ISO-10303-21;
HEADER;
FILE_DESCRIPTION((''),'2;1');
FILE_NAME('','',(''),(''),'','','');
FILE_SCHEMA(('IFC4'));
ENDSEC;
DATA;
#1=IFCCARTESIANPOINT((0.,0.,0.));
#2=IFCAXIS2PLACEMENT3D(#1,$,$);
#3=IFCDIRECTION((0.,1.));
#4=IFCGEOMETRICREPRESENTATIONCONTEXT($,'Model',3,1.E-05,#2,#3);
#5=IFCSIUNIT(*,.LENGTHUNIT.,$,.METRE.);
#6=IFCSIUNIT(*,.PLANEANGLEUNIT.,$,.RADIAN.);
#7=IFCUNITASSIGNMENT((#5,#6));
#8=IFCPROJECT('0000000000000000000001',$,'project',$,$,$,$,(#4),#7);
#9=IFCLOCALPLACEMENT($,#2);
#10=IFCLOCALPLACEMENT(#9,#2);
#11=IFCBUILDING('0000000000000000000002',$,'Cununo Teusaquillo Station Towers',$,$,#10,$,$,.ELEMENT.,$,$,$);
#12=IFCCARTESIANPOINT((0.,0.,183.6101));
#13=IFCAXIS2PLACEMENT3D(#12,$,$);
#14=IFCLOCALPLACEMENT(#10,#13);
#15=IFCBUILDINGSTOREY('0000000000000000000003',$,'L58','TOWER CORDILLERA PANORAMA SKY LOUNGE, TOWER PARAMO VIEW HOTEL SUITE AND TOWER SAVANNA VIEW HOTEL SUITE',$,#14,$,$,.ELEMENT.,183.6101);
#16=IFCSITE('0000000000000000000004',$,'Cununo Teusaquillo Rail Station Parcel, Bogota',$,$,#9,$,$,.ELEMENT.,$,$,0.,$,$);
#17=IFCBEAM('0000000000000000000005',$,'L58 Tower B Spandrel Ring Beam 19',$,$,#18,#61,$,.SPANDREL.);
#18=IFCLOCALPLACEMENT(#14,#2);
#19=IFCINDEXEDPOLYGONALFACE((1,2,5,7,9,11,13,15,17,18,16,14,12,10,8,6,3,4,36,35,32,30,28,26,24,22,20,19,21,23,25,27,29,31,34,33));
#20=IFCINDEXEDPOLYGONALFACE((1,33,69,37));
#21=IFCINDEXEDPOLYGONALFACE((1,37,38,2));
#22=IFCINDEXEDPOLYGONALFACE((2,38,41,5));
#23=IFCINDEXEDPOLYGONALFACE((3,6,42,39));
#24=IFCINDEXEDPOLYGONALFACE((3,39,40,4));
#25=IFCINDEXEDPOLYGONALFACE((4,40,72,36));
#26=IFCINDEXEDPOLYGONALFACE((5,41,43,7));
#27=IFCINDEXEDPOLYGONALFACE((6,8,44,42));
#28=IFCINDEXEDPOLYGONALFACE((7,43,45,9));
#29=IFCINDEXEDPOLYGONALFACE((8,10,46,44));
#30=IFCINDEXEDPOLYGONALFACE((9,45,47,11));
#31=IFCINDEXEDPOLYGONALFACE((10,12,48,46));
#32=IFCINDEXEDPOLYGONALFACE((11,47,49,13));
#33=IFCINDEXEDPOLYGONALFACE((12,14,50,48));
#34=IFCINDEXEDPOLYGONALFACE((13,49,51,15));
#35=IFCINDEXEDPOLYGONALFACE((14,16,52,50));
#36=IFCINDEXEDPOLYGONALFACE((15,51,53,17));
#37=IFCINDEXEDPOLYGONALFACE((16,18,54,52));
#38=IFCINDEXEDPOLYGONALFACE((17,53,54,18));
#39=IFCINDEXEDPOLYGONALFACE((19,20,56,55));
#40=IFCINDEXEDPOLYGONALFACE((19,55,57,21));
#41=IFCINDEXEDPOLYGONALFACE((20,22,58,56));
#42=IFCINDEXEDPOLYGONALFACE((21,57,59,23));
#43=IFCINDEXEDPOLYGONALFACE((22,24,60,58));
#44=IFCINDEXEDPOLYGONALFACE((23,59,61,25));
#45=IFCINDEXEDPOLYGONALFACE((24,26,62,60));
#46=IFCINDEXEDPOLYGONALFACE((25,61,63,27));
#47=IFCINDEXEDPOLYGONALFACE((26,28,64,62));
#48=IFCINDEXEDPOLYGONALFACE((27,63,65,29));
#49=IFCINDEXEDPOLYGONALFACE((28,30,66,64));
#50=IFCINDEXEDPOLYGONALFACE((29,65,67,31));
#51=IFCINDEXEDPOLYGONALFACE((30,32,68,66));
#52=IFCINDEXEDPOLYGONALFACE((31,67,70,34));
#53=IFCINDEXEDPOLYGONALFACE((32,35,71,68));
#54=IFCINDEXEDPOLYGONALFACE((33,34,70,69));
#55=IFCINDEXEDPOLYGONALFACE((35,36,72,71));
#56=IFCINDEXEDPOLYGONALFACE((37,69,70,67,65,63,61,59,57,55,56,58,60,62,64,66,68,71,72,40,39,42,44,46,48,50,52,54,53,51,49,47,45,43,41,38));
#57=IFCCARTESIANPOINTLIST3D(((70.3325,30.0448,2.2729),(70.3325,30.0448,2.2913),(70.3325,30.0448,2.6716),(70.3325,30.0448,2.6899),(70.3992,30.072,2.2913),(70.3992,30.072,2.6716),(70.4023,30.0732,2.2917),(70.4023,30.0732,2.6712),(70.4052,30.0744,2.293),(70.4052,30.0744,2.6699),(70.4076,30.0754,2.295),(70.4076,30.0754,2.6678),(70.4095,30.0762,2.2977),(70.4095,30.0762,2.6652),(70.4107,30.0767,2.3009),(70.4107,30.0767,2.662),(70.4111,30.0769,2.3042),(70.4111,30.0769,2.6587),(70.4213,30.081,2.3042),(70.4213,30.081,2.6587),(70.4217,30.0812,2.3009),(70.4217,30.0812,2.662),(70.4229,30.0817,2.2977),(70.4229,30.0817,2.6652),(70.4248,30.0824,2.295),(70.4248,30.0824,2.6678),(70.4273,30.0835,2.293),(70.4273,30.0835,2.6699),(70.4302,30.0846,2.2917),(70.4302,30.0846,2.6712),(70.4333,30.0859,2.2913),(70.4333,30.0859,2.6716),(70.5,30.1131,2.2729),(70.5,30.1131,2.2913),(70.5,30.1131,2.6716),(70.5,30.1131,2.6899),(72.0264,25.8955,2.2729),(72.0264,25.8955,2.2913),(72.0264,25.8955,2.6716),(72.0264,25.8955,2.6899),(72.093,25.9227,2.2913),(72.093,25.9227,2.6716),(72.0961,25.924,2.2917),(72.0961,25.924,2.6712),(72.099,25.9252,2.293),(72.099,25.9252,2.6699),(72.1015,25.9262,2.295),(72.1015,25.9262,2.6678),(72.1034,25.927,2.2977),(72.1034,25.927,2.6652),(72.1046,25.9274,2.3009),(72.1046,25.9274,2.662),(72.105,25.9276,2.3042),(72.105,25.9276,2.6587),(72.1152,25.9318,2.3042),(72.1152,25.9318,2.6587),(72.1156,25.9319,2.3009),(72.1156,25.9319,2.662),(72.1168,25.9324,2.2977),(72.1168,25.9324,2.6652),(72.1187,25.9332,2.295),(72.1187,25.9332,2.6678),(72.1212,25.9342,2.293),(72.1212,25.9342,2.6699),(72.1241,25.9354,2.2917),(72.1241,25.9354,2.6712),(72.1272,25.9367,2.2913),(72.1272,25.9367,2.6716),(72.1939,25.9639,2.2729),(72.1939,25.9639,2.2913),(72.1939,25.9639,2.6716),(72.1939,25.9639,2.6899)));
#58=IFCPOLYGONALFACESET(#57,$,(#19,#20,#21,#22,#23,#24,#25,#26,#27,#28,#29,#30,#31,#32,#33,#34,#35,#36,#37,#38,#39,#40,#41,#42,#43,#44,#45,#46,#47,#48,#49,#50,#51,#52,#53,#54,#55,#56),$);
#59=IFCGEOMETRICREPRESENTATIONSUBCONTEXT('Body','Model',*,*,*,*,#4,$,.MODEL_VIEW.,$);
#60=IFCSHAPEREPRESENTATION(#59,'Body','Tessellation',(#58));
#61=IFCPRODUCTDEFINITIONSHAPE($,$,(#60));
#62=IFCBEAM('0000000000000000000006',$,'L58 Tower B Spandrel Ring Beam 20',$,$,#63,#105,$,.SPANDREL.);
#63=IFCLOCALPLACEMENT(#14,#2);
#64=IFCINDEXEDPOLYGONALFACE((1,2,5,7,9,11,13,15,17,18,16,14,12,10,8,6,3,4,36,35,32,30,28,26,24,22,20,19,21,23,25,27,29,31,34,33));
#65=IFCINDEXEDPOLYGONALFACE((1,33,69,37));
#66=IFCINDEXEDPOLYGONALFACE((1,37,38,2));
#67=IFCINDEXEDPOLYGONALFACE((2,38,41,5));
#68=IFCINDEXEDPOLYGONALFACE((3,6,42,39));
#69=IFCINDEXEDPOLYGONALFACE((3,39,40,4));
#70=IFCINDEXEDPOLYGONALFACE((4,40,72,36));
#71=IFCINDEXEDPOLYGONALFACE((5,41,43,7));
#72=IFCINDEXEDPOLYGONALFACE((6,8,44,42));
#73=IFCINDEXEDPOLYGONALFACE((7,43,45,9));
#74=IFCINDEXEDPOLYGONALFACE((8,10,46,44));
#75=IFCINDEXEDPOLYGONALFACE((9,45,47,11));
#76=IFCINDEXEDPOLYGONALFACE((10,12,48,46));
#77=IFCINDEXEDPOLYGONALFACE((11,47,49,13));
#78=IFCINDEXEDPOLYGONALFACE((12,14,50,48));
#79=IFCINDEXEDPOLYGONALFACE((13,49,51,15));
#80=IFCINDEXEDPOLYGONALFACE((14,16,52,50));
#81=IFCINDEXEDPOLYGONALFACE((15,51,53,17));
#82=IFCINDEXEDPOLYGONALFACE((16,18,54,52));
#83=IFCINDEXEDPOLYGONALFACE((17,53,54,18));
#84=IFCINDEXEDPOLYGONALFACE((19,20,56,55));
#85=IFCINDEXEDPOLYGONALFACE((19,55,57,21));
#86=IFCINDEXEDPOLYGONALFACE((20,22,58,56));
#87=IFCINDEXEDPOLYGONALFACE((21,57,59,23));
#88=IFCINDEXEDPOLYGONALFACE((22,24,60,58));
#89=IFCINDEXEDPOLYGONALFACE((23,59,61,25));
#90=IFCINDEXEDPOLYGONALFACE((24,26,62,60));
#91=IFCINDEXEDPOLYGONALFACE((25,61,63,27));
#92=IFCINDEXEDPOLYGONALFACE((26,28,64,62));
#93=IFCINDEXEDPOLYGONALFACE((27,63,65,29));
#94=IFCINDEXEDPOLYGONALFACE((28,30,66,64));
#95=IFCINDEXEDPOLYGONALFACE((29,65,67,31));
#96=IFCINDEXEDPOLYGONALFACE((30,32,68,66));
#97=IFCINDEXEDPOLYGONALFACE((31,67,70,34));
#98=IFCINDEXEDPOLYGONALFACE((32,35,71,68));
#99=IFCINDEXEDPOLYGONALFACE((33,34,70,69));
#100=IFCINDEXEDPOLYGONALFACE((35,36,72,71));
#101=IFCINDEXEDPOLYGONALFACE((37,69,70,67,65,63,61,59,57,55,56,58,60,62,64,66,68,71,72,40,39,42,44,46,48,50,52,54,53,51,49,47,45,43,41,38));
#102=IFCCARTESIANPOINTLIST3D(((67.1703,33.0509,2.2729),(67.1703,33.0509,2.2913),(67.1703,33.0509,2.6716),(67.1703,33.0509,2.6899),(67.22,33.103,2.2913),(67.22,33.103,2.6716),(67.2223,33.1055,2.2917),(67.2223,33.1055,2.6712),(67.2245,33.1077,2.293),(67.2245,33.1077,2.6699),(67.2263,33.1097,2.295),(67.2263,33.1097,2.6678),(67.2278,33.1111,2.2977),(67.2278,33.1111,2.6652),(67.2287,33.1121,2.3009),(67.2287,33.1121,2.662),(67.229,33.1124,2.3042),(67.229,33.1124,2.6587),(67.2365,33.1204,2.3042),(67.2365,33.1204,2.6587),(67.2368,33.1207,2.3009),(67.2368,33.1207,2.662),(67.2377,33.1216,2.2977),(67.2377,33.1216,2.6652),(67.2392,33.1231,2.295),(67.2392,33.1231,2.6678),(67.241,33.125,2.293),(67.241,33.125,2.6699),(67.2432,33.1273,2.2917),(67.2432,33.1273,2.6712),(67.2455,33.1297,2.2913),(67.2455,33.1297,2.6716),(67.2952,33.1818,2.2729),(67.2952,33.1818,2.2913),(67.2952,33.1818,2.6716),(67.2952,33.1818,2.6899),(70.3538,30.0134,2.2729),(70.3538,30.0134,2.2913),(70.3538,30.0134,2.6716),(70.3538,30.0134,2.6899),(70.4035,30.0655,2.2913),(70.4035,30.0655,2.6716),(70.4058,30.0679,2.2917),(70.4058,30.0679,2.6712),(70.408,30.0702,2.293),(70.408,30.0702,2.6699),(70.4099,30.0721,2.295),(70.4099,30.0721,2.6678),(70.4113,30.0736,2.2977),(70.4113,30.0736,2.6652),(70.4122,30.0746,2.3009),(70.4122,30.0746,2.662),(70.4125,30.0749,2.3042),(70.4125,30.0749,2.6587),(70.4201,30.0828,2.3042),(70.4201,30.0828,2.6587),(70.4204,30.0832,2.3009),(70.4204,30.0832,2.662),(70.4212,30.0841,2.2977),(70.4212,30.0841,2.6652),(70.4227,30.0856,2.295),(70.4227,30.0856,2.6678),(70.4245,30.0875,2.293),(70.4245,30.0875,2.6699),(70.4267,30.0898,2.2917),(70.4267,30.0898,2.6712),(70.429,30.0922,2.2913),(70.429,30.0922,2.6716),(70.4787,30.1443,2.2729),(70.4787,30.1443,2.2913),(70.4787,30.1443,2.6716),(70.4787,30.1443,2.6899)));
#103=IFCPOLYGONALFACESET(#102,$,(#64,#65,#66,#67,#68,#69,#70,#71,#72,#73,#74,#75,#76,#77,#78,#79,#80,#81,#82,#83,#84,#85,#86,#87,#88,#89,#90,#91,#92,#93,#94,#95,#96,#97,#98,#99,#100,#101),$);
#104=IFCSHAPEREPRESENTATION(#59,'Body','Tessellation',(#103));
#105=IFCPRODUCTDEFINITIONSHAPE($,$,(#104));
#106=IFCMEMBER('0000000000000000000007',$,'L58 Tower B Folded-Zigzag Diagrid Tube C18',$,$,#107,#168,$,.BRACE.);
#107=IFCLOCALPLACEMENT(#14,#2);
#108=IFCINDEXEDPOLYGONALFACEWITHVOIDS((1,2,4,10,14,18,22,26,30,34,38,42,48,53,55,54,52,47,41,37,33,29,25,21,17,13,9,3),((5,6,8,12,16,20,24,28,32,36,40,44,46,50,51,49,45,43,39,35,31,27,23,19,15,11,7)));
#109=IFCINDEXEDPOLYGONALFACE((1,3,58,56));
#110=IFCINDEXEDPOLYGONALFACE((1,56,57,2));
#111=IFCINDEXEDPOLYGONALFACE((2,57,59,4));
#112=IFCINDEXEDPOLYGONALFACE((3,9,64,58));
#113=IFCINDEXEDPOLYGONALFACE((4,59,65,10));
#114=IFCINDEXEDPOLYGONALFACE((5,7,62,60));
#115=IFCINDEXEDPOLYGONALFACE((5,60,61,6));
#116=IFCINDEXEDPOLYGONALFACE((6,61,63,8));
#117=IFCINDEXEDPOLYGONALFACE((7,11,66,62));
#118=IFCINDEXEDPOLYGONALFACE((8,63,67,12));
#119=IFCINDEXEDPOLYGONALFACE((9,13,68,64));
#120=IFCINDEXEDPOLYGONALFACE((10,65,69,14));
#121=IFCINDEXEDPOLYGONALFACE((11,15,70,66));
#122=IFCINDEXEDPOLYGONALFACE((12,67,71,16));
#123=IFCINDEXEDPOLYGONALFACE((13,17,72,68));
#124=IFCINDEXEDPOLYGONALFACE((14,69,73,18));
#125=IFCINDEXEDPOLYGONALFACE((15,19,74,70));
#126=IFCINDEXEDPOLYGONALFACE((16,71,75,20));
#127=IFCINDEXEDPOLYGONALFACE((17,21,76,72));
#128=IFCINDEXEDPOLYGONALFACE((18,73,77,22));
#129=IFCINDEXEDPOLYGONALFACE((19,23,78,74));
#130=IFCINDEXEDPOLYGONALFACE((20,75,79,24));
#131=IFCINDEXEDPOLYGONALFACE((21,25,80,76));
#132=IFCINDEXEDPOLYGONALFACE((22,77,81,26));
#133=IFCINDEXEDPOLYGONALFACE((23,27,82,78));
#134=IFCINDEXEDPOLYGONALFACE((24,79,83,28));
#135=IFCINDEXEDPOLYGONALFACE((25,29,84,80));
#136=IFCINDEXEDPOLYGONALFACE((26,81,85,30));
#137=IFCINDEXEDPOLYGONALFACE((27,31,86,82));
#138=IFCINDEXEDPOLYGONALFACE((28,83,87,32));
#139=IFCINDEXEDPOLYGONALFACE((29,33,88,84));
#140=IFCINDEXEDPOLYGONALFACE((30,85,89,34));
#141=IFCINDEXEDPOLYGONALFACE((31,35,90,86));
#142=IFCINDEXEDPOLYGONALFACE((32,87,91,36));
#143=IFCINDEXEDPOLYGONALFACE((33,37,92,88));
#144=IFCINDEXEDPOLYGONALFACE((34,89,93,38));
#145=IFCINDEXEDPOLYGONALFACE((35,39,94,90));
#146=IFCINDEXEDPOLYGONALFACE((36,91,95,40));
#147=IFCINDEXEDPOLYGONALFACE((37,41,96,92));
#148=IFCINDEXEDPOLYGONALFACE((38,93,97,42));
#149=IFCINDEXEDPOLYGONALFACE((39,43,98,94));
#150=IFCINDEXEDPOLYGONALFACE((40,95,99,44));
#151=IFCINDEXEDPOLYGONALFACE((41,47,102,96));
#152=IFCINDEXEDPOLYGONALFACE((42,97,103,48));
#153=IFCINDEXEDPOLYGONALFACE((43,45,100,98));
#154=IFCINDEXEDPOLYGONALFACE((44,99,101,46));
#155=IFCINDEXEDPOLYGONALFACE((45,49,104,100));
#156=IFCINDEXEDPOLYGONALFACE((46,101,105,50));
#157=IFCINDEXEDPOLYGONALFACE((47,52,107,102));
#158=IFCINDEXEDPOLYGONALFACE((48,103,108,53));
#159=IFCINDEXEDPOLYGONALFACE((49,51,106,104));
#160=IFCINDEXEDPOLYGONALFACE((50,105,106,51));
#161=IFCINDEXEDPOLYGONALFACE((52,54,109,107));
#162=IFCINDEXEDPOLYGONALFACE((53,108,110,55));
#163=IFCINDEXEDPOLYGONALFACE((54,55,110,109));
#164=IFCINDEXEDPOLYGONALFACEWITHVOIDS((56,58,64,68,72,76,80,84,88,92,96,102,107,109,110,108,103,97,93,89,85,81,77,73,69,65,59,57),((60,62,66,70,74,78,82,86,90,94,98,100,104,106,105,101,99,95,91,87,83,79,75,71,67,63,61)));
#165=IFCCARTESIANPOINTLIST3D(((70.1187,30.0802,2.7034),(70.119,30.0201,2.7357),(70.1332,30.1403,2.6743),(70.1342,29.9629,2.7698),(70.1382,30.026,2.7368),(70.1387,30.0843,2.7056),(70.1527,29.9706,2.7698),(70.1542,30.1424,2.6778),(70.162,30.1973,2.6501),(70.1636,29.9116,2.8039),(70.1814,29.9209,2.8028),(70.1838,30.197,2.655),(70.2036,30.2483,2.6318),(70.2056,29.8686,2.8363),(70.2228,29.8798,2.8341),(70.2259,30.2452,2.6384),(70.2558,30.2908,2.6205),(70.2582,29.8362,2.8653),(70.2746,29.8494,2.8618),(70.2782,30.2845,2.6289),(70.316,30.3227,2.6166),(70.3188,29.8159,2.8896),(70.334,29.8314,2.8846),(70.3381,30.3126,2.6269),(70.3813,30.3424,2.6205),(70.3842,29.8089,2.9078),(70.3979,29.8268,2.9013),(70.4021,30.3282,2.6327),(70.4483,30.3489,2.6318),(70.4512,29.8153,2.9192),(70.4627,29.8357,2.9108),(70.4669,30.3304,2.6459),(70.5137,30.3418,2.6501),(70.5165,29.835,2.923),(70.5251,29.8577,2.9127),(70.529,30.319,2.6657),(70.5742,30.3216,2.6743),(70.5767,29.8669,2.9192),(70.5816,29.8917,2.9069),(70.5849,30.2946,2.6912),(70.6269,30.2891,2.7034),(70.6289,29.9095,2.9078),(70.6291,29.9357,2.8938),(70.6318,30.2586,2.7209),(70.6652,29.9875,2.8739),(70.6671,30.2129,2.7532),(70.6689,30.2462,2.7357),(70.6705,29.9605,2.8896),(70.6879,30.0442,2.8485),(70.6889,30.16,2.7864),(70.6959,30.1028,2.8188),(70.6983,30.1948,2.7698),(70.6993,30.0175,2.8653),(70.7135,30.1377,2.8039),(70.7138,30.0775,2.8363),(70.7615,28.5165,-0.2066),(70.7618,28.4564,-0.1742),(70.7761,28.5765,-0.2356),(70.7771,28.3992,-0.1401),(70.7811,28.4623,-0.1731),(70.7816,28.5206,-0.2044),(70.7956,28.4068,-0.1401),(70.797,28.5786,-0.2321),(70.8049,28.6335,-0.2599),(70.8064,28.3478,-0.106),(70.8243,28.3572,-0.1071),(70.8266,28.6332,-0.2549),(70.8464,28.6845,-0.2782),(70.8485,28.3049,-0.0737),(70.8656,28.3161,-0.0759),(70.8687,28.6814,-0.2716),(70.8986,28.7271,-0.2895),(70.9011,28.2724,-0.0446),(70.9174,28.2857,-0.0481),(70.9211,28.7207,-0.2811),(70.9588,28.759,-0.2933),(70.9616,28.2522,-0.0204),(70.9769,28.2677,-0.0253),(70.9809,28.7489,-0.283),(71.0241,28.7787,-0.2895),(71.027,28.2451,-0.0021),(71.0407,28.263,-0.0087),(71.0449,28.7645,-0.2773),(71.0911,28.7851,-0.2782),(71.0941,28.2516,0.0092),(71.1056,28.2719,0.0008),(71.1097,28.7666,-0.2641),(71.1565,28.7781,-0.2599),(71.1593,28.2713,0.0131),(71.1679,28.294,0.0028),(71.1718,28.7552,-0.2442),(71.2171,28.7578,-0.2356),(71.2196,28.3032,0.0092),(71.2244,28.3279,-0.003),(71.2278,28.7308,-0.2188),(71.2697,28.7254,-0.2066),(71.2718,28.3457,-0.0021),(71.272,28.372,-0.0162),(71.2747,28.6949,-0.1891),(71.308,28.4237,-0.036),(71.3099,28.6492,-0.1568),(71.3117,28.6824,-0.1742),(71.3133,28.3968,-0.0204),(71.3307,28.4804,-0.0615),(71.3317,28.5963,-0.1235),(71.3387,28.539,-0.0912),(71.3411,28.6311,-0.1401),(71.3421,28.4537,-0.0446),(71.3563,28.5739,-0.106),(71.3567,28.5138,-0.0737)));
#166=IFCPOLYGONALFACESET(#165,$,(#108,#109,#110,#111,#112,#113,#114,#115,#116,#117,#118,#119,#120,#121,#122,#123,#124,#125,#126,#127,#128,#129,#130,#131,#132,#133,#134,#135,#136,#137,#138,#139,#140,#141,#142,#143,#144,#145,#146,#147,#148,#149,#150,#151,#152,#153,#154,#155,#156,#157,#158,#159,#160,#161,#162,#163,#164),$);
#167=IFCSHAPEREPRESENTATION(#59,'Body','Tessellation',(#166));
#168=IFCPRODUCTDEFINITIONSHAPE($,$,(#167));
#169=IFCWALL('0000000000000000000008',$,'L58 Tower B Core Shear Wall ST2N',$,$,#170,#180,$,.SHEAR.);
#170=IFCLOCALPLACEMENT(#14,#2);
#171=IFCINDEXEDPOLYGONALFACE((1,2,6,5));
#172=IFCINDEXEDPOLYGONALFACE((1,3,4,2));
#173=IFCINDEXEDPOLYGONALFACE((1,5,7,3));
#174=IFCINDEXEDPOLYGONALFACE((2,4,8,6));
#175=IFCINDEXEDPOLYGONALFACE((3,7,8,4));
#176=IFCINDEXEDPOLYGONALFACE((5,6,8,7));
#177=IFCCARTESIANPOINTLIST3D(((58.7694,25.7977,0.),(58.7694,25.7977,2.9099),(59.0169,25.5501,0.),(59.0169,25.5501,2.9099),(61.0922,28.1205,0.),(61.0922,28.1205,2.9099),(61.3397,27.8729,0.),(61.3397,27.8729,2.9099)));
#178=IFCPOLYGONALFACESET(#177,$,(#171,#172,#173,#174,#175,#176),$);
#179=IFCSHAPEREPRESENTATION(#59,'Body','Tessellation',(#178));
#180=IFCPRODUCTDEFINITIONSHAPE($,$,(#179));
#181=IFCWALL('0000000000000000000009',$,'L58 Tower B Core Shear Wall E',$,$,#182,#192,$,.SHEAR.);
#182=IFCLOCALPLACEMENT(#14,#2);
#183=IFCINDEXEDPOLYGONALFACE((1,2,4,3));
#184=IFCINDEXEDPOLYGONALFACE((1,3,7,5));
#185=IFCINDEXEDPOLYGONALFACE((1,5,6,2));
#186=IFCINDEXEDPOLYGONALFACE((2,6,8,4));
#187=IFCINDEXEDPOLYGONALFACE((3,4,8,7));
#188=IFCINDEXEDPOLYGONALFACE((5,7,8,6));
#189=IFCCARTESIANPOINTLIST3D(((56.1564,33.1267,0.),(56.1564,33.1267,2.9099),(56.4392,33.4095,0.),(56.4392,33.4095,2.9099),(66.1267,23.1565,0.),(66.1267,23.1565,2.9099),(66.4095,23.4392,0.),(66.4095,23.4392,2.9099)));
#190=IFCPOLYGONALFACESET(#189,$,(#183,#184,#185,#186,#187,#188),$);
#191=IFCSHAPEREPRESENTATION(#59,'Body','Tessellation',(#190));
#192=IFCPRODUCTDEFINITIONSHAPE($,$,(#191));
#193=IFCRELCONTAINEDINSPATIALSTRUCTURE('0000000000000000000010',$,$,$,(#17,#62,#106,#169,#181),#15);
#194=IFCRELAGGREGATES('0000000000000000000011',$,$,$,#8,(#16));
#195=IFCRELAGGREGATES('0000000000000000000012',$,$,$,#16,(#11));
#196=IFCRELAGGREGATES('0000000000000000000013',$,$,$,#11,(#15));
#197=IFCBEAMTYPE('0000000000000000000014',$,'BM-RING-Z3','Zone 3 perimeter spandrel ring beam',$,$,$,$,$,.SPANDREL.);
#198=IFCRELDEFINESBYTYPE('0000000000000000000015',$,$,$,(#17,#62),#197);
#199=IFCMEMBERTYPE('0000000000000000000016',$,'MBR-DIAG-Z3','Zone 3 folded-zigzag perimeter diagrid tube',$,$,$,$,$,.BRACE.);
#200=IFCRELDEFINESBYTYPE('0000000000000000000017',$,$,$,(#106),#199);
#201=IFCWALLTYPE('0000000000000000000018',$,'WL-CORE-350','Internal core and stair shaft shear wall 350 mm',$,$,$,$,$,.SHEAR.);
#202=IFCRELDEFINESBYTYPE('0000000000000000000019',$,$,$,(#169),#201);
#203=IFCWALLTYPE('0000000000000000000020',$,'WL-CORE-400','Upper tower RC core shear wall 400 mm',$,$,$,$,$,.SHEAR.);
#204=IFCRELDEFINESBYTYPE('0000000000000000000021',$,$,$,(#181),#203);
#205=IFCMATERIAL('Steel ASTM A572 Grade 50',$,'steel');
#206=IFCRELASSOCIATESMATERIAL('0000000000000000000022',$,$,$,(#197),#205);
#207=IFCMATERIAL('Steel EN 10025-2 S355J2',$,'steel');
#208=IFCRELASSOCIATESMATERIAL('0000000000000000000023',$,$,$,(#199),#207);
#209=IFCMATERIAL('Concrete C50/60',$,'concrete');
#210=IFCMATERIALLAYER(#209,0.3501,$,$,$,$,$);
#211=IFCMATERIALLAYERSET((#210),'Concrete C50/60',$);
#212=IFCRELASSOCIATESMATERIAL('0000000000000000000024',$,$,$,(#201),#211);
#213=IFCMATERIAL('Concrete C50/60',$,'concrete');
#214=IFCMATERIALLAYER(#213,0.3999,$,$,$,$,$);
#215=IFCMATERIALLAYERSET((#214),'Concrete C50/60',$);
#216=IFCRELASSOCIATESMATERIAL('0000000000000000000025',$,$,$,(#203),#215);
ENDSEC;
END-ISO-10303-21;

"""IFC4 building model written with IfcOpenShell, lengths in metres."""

from ifc_helpers import new_model, si_unit, direction, frame, frame_2d, origin, origin_2d, place, context, subcontext, project, spatial, rectangle, hollow_circle, i_section, extrude, material, layer, layer_set, material_profile, profile_set, type_object, element, save


model = new_model("IFC4")

# Units and contexts
model_context = context("Model", 3, precision=1e-05, world=origin(), true_north=direction((0.0, 1.0)))
body_context = subcontext(model_context, "Body", "Model", "MODEL_VIEW")
ifc_project = project(units=[si_unit("LENGTHUNIT", "METRE"), si_unit("PLANEANGLEUNIT", "RADIAN")], contexts=[model_context])

# Site, building, storey
site_placement = place(None, origin())
site = spatial("IfcSite", under=ifc_project, at=site_placement, Name="Cununo Teusaquillo Rail Station Parcel, Bogota", CompositionType="ELEMENT", RefElevation=0.0)
building_placement = place(site_placement, origin())
building = spatial("IfcBuilding", under=site, at=building_placement, Name="Cununo Teusaquillo Station Towers", CompositionType="ELEMENT")
storey_placement = place(building_placement, frame((0.0, 0.0, 183.6101)))
storey = spatial("IfcBuildingStorey", under=building, at=storey_placement, Name="L58", Description="TOWER CORDILLERA PANORAMA SKY LOUNGE, TOWER PARAMO VIEW HOTEL SUITE AND TOWER SAVANNA VIEW HOTEL SUITE", CompositionType="ELEMENT", Elevation=183.6101)

# Beams
ifc_material_1 = material(Name="Steel ASTM A572 Grade 50", Category="steel")
ifc_material_profile_1 = material_profile(ifc_material_1, i_section(OverallWidth=0.1809, OverallDepth=0.417, WebThickness=0.011, FlangeThickness=0.0183, FilletRadius=0.0129, at=origin_2d()), Name="W16X57")
ifc_profile_set_1 = profile_set([ifc_material_profile_1], Name="Steel ASTM A572 Grade 50")
beam_type_1 = type_object("IfcBeamType", Name="BM-RING-Z3", Description="Zone 3 perimeter spandrel ring beam", PredefinedType="SPANDREL", material=ifc_profile_set_1)
beam_1_placement = place(storey_placement, frame((72.1101, 25.9297, 2.4814), z_axis=(-0.377956, 0.925824, 0.0), x_axis=(-0.925824, -0.377956, 0.0)))
element("IfcBeam", 1, at=beam_1_placement, inside=storey, type_object=beam_type_1, Name="L58 Tower B Spandrel Ring Beam 19", PredefinedType="SPANDREL", context=body_context, shape_type="SweptSolid", body=[
    extrude(i_section(OverallWidth=0.1809, OverallDepth=0.417, WebThickness=0.011, FlangeThickness=0.0183, FilletRadius=0.0129, at=origin_2d()), origin(), (0.0, 0.0, 1.0), 4.4817),
])
beam_2_placement = place(storey_placement, frame((70.4163, 30.0789, 2.4814), z_axis=(-0.723502, 0.690323, 0.0), x_axis=(-0.690323, -0.723502, 0.0)))
element("IfcBeam", 2, at=beam_2_placement, inside=storey, type_object=beam_type_1, Name="L58 Tower B Spandrel Ring Beam 20", PredefinedType="SPANDREL", context=body_context, shape_type="SweptSolid", body=[
    extrude(i_section(OverallWidth=0.1809, OverallDepth=0.417, WebThickness=0.011, FlangeThickness=0.0183, FilletRadius=0.0129, at=origin_2d()), origin(), (0.0, 0.0, 1.0), 4.4001),
])

# Member
ifc_material_2 = material(Name="Steel EN 10025-2 S355J2", Category="steel")
ifc_material_profile_2 = material_profile(ifc_material_2, hollow_circle(Radius=0.3049, WallThickness=0.02, at=origin_2d()), Name="CHS 610x20")
ifc_profile_set_2 = profile_set([ifc_material_profile_2], Name="Steel EN 10025-2 S355J2")
member_type = type_object("IfcMemberType", Name="MBR-DIAG-Z3", Description="Zone 3 folded-zigzag perimeter diagrid tube", PredefinedType="BRACE", material=ifc_profile_set_2)
member_placement = place(storey_placement, frame((71.0591, 28.5151, -0.1401), z_axis=(-0.191008, 0.464644, 0.864651), x_axis=(-0.924899, -0.380212, 0.0)))
element("IfcMember", 3, at=member_placement, inside=storey, type_object=member_type, Name="L58 Tower B Folded-Zigzag Diagrid Tube C18", PredefinedType="BRACE", context=body_context, shape_type="SweptSolid", body=[
    extrude(hollow_circle(Radius=0.3049, WallThickness=0.02, at=origin_2d()), origin(), (0.0, 0.0, 1.0), 3.3655),
])

# Walls
ifc_material_3 = material(Name="Concrete C50/60", Category="concrete")
ifc_layer_1 = layer(ifc_material_3, 0.3501)
ifc_layer_set_1 = layer_set([ifc_layer_1], Name="Concrete C50/60")
wall_type_1 = type_object("IfcWallType", Name="WL-CORE-350", Description="Internal core and stair shaft shear wall 350 mm", PredefinedType="SHEAR", material=ifc_layer_set_1)
wall_1_placement = place(storey_placement, frame((58.8931, 25.6738, 0.0), z_axis=(0.0, 0.0, 1.0), x_axis=(0.707107, 0.707107, 0.0)))
element("IfcWall", 4, at=wall_1_placement, inside=storey, type_object=wall_type_1, Name="L58 Tower B Core Shear Wall ST2N", PredefinedType="SHEAR", context=body_context, shape_type="SweptSolid", body=[
    extrude(rectangle(XDim=3.2849, YDim=0.3501, at=frame_2d((1.6426, 0.0))), origin(), (0.0, 0.0, 1.0), 2.9099),
])
ifc_material_4 = material(Name="Concrete C50/60", Category="concrete")
ifc_layer_2 = layer(ifc_material_4, 0.3999)
ifc_layer_set_2 = layer_set([ifc_layer_2], Name="Concrete C50/60")
wall_type_2 = type_object("IfcWallType", Name="WL-CORE-400", Description="Upper tower RC core shear wall 400 mm", PredefinedType="SHEAR", material=ifc_layer_set_2)
wall_2_placement = place(storey_placement, frame((66.2681, 23.2979, 0.0), z_axis=(0.0, 0.0, 1.0), x_axis=(-0.707107, 0.707107, 0.0)))
element("IfcWall", 5, at=wall_2_placement, inside=storey, type_object=wall_type_2, Name="L58 Tower B Core Shear Wall E", PredefinedType="SHEAR", context=body_context, shape_type="SweptSolid", body=[
    extrude(rectangle(XDim=14.1001, YDim=0.3999, at=frame_2d((7.05, 0.0))), origin(), (0.0, 0.0, 1.0), 2.9099),
])

save(model, "model.ifc")
